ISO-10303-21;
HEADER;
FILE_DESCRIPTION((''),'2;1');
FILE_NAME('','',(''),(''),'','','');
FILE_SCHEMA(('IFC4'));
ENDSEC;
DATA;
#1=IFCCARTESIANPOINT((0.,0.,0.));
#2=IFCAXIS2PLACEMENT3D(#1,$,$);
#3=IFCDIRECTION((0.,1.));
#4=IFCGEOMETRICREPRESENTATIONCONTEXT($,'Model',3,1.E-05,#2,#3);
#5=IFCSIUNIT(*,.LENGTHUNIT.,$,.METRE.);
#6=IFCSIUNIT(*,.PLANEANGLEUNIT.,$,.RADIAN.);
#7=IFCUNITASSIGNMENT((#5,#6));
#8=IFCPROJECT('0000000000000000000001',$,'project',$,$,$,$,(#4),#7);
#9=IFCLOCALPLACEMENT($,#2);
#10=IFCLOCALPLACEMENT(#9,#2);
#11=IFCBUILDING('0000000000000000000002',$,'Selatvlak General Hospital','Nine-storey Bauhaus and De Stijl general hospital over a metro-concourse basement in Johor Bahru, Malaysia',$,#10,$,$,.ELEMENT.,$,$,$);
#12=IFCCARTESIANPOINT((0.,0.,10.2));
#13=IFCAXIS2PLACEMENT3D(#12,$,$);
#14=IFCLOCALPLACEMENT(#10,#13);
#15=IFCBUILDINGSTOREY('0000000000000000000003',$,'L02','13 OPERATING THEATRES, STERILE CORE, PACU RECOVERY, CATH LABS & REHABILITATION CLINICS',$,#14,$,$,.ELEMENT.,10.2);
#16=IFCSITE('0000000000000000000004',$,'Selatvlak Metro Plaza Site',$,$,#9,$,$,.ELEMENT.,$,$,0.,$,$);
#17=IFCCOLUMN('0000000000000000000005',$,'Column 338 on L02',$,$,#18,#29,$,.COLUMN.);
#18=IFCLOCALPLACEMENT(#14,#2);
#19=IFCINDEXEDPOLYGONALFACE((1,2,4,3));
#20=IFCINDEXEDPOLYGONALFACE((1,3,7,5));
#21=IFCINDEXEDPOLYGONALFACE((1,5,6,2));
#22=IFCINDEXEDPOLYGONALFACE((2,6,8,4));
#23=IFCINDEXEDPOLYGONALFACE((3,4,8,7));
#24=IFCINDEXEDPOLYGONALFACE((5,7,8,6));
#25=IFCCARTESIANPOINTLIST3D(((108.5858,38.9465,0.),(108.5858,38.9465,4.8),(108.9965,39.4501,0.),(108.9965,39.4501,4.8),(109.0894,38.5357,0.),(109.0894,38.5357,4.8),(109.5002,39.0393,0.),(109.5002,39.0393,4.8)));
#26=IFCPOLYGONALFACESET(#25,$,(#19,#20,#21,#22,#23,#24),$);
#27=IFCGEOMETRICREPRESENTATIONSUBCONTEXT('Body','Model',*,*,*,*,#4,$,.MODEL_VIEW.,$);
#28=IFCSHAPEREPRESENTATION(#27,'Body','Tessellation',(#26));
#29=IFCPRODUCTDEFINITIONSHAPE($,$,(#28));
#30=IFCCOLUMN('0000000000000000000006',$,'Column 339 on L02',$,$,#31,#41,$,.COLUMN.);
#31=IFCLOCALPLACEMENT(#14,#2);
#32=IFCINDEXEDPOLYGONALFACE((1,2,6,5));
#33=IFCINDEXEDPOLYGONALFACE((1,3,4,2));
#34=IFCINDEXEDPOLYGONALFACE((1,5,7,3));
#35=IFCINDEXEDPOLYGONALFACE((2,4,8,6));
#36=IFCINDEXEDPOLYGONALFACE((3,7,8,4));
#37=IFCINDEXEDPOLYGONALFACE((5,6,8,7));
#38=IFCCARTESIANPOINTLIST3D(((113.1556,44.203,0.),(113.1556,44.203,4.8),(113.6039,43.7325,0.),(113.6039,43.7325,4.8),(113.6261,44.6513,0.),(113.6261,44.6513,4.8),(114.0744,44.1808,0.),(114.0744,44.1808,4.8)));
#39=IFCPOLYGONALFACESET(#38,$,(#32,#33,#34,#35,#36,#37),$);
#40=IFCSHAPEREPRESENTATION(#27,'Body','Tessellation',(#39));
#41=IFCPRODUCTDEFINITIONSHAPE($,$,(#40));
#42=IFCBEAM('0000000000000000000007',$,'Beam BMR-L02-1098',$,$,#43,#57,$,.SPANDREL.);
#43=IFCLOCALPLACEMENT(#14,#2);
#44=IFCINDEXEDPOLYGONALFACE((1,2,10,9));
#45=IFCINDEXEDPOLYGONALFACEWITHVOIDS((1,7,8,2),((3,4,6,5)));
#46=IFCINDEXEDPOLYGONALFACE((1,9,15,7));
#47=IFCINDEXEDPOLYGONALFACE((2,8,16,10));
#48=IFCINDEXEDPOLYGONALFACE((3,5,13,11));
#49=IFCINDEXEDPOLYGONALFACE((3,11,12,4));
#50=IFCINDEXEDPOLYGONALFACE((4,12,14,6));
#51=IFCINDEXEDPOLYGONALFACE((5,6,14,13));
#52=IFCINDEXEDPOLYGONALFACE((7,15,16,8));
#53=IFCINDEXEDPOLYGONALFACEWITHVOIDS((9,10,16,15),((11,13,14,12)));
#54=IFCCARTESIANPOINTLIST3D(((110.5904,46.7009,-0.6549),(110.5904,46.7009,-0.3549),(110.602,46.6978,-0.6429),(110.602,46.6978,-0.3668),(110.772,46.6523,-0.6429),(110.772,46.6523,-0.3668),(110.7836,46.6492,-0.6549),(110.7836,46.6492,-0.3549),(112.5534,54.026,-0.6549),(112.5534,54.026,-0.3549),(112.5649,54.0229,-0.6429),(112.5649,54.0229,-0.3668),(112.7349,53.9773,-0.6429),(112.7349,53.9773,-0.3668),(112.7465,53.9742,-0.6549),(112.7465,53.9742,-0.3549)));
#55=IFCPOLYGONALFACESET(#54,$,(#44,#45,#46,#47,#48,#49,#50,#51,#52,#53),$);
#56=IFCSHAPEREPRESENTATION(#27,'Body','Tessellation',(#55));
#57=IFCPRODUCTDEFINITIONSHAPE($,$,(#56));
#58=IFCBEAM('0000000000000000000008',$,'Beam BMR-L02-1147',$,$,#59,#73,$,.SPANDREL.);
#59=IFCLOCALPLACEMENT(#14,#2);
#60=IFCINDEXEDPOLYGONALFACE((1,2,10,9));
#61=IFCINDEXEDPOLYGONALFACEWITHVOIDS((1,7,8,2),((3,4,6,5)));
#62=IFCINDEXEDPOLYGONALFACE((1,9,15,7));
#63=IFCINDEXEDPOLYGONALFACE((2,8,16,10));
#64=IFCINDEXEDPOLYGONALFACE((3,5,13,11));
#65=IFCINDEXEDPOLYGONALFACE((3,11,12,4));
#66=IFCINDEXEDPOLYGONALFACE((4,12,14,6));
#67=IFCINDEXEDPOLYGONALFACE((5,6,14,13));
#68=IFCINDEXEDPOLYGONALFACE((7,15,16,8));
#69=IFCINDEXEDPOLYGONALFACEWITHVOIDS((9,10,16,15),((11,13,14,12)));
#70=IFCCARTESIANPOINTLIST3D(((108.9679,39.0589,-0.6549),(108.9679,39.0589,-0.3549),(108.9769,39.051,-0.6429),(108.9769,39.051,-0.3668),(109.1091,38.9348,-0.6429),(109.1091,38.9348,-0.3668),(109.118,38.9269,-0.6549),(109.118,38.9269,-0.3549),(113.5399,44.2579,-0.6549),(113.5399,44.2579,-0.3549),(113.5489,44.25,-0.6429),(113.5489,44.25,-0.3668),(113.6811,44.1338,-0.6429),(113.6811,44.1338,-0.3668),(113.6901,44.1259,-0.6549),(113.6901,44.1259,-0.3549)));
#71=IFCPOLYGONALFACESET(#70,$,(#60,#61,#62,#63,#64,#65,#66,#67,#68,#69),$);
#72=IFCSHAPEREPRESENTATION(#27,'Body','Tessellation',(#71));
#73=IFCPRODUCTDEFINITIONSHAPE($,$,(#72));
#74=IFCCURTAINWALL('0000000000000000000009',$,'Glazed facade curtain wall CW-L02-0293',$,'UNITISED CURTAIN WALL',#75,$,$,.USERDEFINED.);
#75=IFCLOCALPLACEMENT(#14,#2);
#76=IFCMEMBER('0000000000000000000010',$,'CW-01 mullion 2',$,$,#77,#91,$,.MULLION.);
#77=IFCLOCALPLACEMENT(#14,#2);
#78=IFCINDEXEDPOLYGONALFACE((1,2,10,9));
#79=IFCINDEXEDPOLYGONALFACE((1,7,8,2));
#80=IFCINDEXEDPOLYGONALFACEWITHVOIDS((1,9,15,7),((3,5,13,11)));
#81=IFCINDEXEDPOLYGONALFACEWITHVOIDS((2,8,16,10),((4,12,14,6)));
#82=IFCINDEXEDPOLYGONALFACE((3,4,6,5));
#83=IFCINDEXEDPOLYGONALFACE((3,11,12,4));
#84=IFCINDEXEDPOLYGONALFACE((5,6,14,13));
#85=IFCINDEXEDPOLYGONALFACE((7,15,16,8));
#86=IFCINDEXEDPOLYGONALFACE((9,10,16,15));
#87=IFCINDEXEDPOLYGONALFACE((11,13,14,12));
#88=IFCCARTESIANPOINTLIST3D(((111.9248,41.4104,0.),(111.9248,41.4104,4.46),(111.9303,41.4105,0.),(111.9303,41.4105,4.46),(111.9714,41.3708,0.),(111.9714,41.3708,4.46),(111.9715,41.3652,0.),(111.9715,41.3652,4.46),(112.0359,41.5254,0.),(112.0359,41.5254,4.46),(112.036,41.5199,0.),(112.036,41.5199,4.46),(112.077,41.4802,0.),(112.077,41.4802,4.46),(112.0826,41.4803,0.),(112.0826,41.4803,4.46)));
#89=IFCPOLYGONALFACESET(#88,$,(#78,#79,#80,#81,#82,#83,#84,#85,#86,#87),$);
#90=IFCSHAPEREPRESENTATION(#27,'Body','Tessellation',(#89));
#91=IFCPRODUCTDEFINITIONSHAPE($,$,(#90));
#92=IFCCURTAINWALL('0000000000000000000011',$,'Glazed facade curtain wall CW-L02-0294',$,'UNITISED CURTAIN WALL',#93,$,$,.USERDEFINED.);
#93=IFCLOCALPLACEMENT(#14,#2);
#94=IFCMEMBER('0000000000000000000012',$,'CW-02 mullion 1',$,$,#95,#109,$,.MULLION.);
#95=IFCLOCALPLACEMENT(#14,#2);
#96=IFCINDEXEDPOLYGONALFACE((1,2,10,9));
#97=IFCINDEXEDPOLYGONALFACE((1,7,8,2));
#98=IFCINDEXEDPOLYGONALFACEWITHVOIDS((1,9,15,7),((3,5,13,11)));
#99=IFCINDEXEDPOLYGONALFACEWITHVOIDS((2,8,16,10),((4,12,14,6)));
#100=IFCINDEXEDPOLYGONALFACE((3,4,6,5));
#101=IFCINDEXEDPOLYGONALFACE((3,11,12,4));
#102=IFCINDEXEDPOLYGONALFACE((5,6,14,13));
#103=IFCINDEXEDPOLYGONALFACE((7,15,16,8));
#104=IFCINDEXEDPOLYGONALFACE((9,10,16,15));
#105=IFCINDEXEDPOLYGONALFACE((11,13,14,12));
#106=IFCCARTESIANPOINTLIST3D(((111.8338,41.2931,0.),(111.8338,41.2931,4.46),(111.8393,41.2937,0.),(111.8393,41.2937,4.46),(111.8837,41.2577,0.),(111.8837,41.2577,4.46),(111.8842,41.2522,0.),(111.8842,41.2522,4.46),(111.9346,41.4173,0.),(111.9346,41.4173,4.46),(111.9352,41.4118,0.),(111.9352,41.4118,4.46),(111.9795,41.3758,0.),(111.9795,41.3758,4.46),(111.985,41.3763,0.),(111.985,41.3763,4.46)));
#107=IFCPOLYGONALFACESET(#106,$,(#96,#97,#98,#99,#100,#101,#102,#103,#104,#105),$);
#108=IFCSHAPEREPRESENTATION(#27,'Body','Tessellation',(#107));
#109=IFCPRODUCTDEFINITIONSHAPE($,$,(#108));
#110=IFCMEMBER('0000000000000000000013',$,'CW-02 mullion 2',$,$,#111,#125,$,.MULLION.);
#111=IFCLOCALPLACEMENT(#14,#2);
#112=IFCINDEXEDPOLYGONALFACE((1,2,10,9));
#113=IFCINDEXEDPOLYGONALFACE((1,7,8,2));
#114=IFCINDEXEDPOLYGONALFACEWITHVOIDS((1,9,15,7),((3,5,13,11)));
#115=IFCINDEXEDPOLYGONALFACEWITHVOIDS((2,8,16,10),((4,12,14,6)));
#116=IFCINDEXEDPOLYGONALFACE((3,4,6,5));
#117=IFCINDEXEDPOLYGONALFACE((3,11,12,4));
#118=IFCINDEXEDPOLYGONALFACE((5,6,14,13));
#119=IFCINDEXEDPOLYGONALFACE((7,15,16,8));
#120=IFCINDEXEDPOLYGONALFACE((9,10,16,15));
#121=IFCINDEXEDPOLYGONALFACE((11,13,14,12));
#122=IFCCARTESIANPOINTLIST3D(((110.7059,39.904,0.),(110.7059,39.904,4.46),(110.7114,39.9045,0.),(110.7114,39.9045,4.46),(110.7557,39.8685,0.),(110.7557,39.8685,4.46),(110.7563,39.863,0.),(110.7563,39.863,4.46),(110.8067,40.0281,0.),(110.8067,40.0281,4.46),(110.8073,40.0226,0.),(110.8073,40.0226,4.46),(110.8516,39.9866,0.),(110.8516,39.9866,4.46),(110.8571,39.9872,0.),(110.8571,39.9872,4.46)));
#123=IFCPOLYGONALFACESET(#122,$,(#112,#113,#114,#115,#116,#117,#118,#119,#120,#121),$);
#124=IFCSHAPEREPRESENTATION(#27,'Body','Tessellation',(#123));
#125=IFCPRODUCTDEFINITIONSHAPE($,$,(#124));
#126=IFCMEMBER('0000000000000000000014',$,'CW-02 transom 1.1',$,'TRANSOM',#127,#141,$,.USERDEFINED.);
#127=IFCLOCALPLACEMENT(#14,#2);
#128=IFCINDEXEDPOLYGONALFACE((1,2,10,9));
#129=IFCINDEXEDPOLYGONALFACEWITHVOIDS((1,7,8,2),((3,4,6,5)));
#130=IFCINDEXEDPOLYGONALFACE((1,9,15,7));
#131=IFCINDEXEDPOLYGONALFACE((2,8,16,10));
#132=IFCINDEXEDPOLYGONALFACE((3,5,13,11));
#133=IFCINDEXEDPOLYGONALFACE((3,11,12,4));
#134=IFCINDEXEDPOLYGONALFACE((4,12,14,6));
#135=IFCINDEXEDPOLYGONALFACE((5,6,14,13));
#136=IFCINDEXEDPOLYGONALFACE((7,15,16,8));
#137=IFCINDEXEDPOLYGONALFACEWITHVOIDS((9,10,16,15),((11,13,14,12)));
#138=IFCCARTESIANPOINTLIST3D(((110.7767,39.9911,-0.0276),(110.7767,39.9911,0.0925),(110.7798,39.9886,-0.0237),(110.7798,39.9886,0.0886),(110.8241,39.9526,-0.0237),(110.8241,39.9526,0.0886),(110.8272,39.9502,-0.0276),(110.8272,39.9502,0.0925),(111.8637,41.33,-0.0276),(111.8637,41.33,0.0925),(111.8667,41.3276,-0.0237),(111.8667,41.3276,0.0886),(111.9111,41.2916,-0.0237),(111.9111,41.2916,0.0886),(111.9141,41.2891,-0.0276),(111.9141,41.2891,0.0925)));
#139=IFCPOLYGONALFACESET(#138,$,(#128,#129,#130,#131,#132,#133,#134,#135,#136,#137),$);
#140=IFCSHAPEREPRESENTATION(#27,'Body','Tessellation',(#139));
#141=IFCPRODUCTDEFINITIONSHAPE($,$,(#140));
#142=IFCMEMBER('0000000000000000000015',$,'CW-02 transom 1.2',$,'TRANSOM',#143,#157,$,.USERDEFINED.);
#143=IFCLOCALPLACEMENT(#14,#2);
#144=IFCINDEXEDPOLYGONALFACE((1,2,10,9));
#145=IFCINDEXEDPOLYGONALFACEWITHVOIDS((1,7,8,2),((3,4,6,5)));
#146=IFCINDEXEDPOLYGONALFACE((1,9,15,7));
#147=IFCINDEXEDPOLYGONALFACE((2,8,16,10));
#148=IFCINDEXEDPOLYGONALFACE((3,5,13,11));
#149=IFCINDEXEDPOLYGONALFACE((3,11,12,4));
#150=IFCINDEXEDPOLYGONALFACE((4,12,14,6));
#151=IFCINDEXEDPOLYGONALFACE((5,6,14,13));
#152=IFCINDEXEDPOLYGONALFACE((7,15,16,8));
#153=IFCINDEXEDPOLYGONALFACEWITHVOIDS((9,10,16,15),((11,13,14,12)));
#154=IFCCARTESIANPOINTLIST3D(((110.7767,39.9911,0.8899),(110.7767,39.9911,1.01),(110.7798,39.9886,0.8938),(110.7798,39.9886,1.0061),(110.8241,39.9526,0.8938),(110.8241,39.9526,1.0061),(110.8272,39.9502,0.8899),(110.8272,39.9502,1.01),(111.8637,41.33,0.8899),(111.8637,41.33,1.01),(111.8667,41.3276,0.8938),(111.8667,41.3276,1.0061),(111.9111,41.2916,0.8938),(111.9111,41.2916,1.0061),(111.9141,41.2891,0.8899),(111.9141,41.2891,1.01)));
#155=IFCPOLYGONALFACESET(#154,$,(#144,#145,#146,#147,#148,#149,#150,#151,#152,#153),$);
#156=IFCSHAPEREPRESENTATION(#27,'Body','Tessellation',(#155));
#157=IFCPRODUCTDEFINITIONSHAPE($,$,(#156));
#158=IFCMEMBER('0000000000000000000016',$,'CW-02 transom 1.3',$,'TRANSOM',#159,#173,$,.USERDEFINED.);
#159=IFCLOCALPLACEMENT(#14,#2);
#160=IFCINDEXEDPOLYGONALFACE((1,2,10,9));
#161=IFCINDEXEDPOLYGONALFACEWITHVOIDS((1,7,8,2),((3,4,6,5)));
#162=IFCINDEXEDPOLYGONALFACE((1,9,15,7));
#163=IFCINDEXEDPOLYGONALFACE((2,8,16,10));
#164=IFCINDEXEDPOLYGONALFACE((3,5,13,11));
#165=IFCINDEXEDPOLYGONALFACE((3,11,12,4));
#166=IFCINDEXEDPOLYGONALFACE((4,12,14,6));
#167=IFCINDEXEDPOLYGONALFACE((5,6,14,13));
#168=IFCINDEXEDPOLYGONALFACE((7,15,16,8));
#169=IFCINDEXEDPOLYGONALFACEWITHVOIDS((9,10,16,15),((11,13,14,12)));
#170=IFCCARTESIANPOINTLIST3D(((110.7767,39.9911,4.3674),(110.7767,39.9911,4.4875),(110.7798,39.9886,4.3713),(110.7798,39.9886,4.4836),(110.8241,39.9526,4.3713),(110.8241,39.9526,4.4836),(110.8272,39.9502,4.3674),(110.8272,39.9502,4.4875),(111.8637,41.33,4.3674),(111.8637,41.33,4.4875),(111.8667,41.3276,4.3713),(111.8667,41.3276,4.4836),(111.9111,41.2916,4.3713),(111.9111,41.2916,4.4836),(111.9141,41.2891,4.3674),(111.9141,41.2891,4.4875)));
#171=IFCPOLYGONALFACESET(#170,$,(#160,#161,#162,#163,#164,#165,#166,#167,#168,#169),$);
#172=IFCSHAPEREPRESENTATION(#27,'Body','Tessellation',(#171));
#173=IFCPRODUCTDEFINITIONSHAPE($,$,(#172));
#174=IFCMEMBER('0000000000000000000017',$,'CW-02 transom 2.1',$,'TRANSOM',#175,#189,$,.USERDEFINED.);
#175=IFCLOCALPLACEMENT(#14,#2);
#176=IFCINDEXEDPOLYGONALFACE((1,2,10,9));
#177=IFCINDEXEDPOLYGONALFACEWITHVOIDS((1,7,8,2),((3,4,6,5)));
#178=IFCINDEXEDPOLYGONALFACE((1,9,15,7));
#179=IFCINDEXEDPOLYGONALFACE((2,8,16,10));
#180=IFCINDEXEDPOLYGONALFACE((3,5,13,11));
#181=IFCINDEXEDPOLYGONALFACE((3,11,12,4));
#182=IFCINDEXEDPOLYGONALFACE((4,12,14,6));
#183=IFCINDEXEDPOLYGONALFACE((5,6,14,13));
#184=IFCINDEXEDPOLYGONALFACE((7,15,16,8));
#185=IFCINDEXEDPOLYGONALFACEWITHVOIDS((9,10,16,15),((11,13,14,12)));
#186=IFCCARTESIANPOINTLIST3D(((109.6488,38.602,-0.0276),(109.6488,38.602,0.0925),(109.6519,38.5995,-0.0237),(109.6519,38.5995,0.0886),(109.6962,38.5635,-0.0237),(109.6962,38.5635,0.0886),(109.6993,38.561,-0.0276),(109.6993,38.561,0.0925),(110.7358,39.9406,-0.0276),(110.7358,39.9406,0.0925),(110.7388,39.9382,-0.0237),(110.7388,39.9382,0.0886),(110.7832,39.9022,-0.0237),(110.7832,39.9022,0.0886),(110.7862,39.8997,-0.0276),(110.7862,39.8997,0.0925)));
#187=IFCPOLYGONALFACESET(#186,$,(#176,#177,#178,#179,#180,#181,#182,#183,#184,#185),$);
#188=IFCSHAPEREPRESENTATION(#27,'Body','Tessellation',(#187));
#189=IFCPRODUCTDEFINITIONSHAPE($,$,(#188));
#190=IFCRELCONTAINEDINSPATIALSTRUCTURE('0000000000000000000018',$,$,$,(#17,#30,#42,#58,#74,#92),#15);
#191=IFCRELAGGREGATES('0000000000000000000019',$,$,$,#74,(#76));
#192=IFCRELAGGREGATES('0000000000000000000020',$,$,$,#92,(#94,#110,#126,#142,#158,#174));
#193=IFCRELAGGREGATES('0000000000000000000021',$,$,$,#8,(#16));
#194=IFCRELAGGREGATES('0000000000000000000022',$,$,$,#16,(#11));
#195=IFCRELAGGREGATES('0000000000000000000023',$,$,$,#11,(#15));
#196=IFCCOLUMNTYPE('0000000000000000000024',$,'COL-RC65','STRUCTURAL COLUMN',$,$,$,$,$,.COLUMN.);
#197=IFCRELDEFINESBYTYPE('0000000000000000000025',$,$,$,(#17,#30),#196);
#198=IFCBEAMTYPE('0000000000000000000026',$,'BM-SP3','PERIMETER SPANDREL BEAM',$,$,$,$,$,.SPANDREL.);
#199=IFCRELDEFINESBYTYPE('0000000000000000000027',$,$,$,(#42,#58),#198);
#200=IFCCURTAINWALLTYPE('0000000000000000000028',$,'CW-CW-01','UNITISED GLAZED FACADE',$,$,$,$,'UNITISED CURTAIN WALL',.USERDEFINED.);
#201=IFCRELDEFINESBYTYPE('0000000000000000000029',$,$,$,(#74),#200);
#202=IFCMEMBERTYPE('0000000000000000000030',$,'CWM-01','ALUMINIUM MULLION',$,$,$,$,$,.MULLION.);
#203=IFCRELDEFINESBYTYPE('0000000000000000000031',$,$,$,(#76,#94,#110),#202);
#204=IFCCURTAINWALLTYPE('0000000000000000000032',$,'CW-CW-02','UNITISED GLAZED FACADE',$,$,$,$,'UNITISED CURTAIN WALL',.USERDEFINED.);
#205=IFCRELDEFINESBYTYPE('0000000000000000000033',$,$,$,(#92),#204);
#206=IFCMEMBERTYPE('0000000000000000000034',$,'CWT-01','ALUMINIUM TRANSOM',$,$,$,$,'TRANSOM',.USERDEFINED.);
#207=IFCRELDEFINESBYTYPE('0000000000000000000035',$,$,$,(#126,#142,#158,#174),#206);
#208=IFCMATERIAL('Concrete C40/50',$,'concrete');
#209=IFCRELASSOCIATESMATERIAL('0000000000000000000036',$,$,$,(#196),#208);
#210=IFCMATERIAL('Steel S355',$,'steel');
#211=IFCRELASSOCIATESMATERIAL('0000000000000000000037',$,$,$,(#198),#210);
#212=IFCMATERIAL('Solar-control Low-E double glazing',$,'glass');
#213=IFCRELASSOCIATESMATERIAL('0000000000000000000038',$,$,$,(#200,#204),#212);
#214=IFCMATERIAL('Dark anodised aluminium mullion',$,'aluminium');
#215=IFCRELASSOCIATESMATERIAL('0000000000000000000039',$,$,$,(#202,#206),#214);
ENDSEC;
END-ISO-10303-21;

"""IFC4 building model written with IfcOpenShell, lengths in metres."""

from ifc_helpers import new_model, si_unit, direction, frame, origin, origin_2d, place, context, subcontext, project, spatial, rectangle, hollow_rectangle, extrude, material, material_profile, profile_set, type_object, element, aggregate, save


model = new_model("IFC4")

# Units and contexts
model_context = context("Model", 3, precision=1e-05, world=origin(), true_north=direction((0.0, 1.0)))
body_context = subcontext(model_context, "Body", "Model", "MODEL_VIEW")
ifc_project = project(units=[si_unit("LENGTHUNIT", "METRE"), si_unit("PLANEANGLEUNIT", "RADIAN")], contexts=[model_context])

# Site, building, storey
site_placement = place(None, origin())
site = spatial("IfcSite", under=ifc_project, at=site_placement, Name="Selatvlak Metro Plaza Site", CompositionType="ELEMENT", RefElevation=0.0)
building_placement = place(site_placement, origin())
building = spatial("IfcBuilding", under=site, at=building_placement, Name="Selatvlak General Hospital", Description="Nine-storey Bauhaus and De Stijl general hospital over a metro-concourse basement in Johor Bahru, Malaysia", CompositionType="ELEMENT")
storey_placement = place(building_placement, frame((0.0, 0.0, 10.2)))
storey = spatial("IfcBuildingStorey", under=building, at=storey_placement, Name="L02", Description="13 OPERATING THEATRES, STERILE CORE, PACU RECOVERY, CATH LABS & REHABILITATION CLINICS", CompositionType="ELEMENT", Elevation=10.2)

# Columns
ifc_material_1 = material(Name="Concrete C40/50", Category="concrete")
ifc_material_profile_1 = material_profile(ifc_material_1, rectangle(XDim=0.6499, YDim=0.6499, at=origin_2d()), Name="RC-COL 650x650")
ifc_profile_set_1 = profile_set([ifc_material_profile_1], Name="Concrete C40/50")
column_type_1 = type_object("IfcColumnType", Name="COL-RC65", Description="STRUCTURAL COLUMN", PredefinedType="COLUMN", material=ifc_profile_set_1)
for number, where, z_axis, x_axis, name in (
    (1, (109.043, 38.9929, 0.0), (0.0, 0.0, 1.0), (-0.774922, 0.632056, 0.0), "Column 338 on L02"),
    (2, (113.615, 44.1919, 0.0), (0.0, 0.0, 1.0), (-0.689872, 0.723931, 0.0), "Column 339 on L02"),
):
    element("IfcColumn", number, at=place(storey_placement, frame(where, z_axis=z_axis, x_axis=x_axis)), inside=storey, type_object=column_type_1, Name=name, PredefinedType="COLUMN", context=body_context, shape_type="SweptSolid", body=[
        extrude(rectangle(XDim=0.6499, YDim=0.6499, at=origin_2d()), origin(), (0.0, 0.0, 1.0), 4.8),
    ])

# Beams
ifc_material_2 = material(Name="Steel S355", Category="steel")
ifc_material_profile_2 = material_profile(ifc_material_2, hollow_rectangle(XDim=0.2, YDim=0.3, WallThickness=0.012, at=origin_2d()), Name="RHS 300x200x12")
ifc_profile_set_2 = profile_set([ifc_material_profile_2], Name="Steel S355")
beam_type = type_object("IfcBeamType", Name="BM-SP3", Description="PERIMETER SPANDREL BEAM", PredefinedType="SPANDREL", material=ifc_profile_set_2)
beam_1_placement = place(storey_placement, frame((110.687, 46.675, -0.5049), z_axis=(0.258841, 0.96592, 0.0), x_axis=(-0.96592, 0.258841, 0.0)))
element("IfcBeam", 3, at=beam_1_placement, inside=storey, type_object=beam_type, Name="Beam BMR-L02-1098", PredefinedType="SPANDREL", context=body_context, shape_type="SweptSolid", body=[
    extrude(hollow_rectangle(XDim=0.2, YDim=0.3, WallThickness=0.012, at=origin_2d()), origin(), (0.0, 0.0, 1.0), 7.5835),
])
beam_2_placement = place(storey_placement, frame((109.043, 38.9929, -0.5049), z_axis=(0.660377, 0.750934, 0.0), x_axis=(-0.750934, 0.660377, 0.0)))
element("IfcBeam", 4, at=beam_2_placement, inside=storey, type_object=beam_type, Name="Beam BMR-L02-1147", PredefinedType="SPANDREL", context=body_context, shape_type="SweptSolid", body=[
    extrude(hollow_rectangle(XDim=0.2, YDim=0.3, WallThickness=0.012, at=origin_2d()), origin(), (0.0, 0.0, 1.0), 6.9233),
])

# Curtain wall, member
ifc_material_3 = material(Name="Solar-control Low-E double glazing", Category="glass")
curtain_wall_type_1 = type_object("IfcCurtainWallType", Name="CW-CW-01", Description="UNITISED GLAZED FACADE", ElementType="UNITISED CURTAIN WALL", PredefinedType="USERDEFINED", material=ifc_material_3)
curtain_wall_1_placement = place(storey_placement, origin())
curtain_wall_1 = element("IfcCurtainWall", 5, at=curtain_wall_1_placement, inside=storey, type_object=curtain_wall_type_1, Name="Glazed facade curtain wall CW-L02-0293", ObjectType="UNITISED CURTAIN WALL", PredefinedType="USERDEFINED")
ifc_material_4 = material(Name="Dark anodised aluminium mullion", Category="aluminium")
ifc_material_profile_3 = material_profile(ifc_material_4, hollow_rectangle(XDim=0.0649, YDim=0.1599, WallThickness=0.0039, at=origin_2d()), Name="AL-MUL 65x160x4")
ifc_profile_set_3 = profile_set([ifc_material_profile_3], Name="Dark anodised aluminium mullion")
member_type_1 = type_object("IfcMemberType", Name="CWM-01", Description="ALUMINIUM MULLION", PredefinedType="MULLION", material=ifc_profile_set_3)
member_1_placement = place(storey_placement, frame((112.0037, 41.4453, 0.0), z_axis=(0.0, 0.0, 1.0), x_axis=(0.719197, -0.694806, 0.0)))
member_1 = element("IfcMember", 6, at=member_1_placement, type_object=member_type_1, Name="CW-01 mullion 2", PredefinedType="MULLION", context=body_context, shape_type="SweptSolid", body=[
    extrude(hollow_rectangle(XDim=0.0649, YDim=0.1599, WallThickness=0.0039, at=origin_2d()), origin(), (0.0, 0.0, 1.0), 4.46),
])

# Curtain wall, members
curtain_wall_type_2 = type_object("IfcCurtainWallType", Name="CW-CW-02", Description="UNITISED GLAZED FACADE", ElementType="UNITISED CURTAIN WALL", PredefinedType="USERDEFINED", material=ifc_material_3)
curtain_wall_2_placement = place(storey_placement, origin())
curtain_wall_2 = element("IfcCurtainWall", 7, at=curtain_wall_2_placement, inside=storey, type_object=curtain_wall_type_2, Name="Glazed facade curtain wall CW-L02-0294", ObjectType="UNITISED CURTAIN WALL", PredefinedType="USERDEFINED")
member_2_placement = place(storey_placement, frame((111.9094, 41.3347, 0.0), z_axis=(0.0, 0.0, 1.0), x_axis=(0.776324, -0.630334, 0.0)))
member_2 = element("IfcMember", 8, at=member_2_placement, type_object=member_type_1, Name="CW-02 mullion 1", PredefinedType="MULLION", context=body_context, shape_type="SweptSolid", body=[
    extrude(hollow_rectangle(XDim=0.0649, YDim=0.1599, WallThickness=0.0039, at=origin_2d()), origin(), (0.0, 0.0, 1.0), 4.46),
])
member_3_placement = place(storey_placement, frame((110.7815, 39.9456, 0.0), z_axis=(0.0, 0.0, 1.0), x_axis=(0.776324, -0.630334, 0.0)))
member_3 = element("IfcMember", 9, at=member_3_placement, type_object=member_type_1, Name="CW-02 mullion 2", PredefinedType="MULLION", context=body_context, shape_type="SweptSolid", body=[
    extrude(hollow_rectangle(XDim=0.0649, YDim=0.1599, WallThickness=0.0039, at=origin_2d()), origin(), (0.0, 0.0, 1.0), 4.46),
])
ifc_material_profile_4 = material_profile(ifc_material_4, hollow_rectangle(XDim=0.0649, YDim=0.1201, WallThickness=0.0039, at=origin_2d()), Name="AL-TRN 65x120x4")
ifc_profile_set_4 = profile_set([ifc_material_profile_4], Name="Dark anodised aluminium mullion")
member_type_2 = type_object("IfcMemberType", Name="CWT-01", Description="ALUMINIUM TRANSOM", ElementType="TRANSOM", PredefinedType="USERDEFINED", material=ifc_profile_set_4)
member_4_placement = place(storey_placement, frame((111.8889, 41.3096, 0.0325), z_axis=(-0.630273, -0.776374, 0.0), x_axis=(0.776374, -0.630273, 0.0)))
member_4 = element("IfcMember", 10, at=member_4_placement, type_object=member_type_2, Name="CW-02 transom 1.1", ObjectType="TRANSOM", PredefinedType="USERDEFINED", context=body_context, shape_type="SweptSolid", body=[
    extrude(hollow_rectangle(XDim=0.0649, YDim=0.1201, WallThickness=0.0039, at=origin_2d()), origin(), (0.0, 0.0, 1.0), 1.7246),
])
member_5_placement = place(storey_placement, frame((111.8889, 41.3096, 0.95), z_axis=(-0.630273, -0.776374, 0.0), x_axis=(0.776374, -0.630273, 0.0)))
member_5 = element("IfcMember", 11, at=member_5_placement, type_object=member_type_2, Name="CW-02 transom 1.2", ObjectType="TRANSOM", PredefinedType="USERDEFINED", context=body_context, shape_type="SweptSolid", body=[
    extrude(hollow_rectangle(XDim=0.0649, YDim=0.1201, WallThickness=0.0039, at=origin_2d()), origin(), (0.0, 0.0, 1.0), 1.7246),
])
member_6_placement = place(storey_placement, frame((111.8889, 41.3096, 4.4275), z_axis=(-0.630273, -0.776374, 0.0), x_axis=(0.776374, -0.630273, 0.0)))
member_6 = element("IfcMember", 12, at=member_6_placement, type_object=member_type_2, Name="CW-02 transom 1.3", ObjectType="TRANSOM", PredefinedType="USERDEFINED", context=body_context, shape_type="SweptSolid", body=[
    extrude(hollow_rectangle(XDim=0.0649, YDim=0.1201, WallThickness=0.0039, at=origin_2d()), origin(), (0.0, 0.0, 1.0), 1.7246),
])
member_7_placement = place(storey_placement, frame((110.761, 39.9202, 0.0325), z_axis=(-0.630342, -0.776318, 0.0), x_axis=(0.776318, -0.630342, 0.0)))
member_7 = element("IfcMember", 13, at=member_7_placement, type_object=member_type_2, Name="CW-02 transom 2.1", ObjectType="TRANSOM", PredefinedType="USERDEFINED", context=body_context, shape_type="SweptSolid", body=[
    extrude(hollow_rectangle(XDim=0.0649, YDim=0.1201, WallThickness=0.0039, at=origin_2d()), origin(), (0.0, 0.0, 1.0), 1.7244),
])

aggregate(curtain_wall_1, [member_1])
aggregate(curtain_wall_2, [member_2, member_3, member_4, member_5, member_6, member_7])

save(model, "model.ifc")
